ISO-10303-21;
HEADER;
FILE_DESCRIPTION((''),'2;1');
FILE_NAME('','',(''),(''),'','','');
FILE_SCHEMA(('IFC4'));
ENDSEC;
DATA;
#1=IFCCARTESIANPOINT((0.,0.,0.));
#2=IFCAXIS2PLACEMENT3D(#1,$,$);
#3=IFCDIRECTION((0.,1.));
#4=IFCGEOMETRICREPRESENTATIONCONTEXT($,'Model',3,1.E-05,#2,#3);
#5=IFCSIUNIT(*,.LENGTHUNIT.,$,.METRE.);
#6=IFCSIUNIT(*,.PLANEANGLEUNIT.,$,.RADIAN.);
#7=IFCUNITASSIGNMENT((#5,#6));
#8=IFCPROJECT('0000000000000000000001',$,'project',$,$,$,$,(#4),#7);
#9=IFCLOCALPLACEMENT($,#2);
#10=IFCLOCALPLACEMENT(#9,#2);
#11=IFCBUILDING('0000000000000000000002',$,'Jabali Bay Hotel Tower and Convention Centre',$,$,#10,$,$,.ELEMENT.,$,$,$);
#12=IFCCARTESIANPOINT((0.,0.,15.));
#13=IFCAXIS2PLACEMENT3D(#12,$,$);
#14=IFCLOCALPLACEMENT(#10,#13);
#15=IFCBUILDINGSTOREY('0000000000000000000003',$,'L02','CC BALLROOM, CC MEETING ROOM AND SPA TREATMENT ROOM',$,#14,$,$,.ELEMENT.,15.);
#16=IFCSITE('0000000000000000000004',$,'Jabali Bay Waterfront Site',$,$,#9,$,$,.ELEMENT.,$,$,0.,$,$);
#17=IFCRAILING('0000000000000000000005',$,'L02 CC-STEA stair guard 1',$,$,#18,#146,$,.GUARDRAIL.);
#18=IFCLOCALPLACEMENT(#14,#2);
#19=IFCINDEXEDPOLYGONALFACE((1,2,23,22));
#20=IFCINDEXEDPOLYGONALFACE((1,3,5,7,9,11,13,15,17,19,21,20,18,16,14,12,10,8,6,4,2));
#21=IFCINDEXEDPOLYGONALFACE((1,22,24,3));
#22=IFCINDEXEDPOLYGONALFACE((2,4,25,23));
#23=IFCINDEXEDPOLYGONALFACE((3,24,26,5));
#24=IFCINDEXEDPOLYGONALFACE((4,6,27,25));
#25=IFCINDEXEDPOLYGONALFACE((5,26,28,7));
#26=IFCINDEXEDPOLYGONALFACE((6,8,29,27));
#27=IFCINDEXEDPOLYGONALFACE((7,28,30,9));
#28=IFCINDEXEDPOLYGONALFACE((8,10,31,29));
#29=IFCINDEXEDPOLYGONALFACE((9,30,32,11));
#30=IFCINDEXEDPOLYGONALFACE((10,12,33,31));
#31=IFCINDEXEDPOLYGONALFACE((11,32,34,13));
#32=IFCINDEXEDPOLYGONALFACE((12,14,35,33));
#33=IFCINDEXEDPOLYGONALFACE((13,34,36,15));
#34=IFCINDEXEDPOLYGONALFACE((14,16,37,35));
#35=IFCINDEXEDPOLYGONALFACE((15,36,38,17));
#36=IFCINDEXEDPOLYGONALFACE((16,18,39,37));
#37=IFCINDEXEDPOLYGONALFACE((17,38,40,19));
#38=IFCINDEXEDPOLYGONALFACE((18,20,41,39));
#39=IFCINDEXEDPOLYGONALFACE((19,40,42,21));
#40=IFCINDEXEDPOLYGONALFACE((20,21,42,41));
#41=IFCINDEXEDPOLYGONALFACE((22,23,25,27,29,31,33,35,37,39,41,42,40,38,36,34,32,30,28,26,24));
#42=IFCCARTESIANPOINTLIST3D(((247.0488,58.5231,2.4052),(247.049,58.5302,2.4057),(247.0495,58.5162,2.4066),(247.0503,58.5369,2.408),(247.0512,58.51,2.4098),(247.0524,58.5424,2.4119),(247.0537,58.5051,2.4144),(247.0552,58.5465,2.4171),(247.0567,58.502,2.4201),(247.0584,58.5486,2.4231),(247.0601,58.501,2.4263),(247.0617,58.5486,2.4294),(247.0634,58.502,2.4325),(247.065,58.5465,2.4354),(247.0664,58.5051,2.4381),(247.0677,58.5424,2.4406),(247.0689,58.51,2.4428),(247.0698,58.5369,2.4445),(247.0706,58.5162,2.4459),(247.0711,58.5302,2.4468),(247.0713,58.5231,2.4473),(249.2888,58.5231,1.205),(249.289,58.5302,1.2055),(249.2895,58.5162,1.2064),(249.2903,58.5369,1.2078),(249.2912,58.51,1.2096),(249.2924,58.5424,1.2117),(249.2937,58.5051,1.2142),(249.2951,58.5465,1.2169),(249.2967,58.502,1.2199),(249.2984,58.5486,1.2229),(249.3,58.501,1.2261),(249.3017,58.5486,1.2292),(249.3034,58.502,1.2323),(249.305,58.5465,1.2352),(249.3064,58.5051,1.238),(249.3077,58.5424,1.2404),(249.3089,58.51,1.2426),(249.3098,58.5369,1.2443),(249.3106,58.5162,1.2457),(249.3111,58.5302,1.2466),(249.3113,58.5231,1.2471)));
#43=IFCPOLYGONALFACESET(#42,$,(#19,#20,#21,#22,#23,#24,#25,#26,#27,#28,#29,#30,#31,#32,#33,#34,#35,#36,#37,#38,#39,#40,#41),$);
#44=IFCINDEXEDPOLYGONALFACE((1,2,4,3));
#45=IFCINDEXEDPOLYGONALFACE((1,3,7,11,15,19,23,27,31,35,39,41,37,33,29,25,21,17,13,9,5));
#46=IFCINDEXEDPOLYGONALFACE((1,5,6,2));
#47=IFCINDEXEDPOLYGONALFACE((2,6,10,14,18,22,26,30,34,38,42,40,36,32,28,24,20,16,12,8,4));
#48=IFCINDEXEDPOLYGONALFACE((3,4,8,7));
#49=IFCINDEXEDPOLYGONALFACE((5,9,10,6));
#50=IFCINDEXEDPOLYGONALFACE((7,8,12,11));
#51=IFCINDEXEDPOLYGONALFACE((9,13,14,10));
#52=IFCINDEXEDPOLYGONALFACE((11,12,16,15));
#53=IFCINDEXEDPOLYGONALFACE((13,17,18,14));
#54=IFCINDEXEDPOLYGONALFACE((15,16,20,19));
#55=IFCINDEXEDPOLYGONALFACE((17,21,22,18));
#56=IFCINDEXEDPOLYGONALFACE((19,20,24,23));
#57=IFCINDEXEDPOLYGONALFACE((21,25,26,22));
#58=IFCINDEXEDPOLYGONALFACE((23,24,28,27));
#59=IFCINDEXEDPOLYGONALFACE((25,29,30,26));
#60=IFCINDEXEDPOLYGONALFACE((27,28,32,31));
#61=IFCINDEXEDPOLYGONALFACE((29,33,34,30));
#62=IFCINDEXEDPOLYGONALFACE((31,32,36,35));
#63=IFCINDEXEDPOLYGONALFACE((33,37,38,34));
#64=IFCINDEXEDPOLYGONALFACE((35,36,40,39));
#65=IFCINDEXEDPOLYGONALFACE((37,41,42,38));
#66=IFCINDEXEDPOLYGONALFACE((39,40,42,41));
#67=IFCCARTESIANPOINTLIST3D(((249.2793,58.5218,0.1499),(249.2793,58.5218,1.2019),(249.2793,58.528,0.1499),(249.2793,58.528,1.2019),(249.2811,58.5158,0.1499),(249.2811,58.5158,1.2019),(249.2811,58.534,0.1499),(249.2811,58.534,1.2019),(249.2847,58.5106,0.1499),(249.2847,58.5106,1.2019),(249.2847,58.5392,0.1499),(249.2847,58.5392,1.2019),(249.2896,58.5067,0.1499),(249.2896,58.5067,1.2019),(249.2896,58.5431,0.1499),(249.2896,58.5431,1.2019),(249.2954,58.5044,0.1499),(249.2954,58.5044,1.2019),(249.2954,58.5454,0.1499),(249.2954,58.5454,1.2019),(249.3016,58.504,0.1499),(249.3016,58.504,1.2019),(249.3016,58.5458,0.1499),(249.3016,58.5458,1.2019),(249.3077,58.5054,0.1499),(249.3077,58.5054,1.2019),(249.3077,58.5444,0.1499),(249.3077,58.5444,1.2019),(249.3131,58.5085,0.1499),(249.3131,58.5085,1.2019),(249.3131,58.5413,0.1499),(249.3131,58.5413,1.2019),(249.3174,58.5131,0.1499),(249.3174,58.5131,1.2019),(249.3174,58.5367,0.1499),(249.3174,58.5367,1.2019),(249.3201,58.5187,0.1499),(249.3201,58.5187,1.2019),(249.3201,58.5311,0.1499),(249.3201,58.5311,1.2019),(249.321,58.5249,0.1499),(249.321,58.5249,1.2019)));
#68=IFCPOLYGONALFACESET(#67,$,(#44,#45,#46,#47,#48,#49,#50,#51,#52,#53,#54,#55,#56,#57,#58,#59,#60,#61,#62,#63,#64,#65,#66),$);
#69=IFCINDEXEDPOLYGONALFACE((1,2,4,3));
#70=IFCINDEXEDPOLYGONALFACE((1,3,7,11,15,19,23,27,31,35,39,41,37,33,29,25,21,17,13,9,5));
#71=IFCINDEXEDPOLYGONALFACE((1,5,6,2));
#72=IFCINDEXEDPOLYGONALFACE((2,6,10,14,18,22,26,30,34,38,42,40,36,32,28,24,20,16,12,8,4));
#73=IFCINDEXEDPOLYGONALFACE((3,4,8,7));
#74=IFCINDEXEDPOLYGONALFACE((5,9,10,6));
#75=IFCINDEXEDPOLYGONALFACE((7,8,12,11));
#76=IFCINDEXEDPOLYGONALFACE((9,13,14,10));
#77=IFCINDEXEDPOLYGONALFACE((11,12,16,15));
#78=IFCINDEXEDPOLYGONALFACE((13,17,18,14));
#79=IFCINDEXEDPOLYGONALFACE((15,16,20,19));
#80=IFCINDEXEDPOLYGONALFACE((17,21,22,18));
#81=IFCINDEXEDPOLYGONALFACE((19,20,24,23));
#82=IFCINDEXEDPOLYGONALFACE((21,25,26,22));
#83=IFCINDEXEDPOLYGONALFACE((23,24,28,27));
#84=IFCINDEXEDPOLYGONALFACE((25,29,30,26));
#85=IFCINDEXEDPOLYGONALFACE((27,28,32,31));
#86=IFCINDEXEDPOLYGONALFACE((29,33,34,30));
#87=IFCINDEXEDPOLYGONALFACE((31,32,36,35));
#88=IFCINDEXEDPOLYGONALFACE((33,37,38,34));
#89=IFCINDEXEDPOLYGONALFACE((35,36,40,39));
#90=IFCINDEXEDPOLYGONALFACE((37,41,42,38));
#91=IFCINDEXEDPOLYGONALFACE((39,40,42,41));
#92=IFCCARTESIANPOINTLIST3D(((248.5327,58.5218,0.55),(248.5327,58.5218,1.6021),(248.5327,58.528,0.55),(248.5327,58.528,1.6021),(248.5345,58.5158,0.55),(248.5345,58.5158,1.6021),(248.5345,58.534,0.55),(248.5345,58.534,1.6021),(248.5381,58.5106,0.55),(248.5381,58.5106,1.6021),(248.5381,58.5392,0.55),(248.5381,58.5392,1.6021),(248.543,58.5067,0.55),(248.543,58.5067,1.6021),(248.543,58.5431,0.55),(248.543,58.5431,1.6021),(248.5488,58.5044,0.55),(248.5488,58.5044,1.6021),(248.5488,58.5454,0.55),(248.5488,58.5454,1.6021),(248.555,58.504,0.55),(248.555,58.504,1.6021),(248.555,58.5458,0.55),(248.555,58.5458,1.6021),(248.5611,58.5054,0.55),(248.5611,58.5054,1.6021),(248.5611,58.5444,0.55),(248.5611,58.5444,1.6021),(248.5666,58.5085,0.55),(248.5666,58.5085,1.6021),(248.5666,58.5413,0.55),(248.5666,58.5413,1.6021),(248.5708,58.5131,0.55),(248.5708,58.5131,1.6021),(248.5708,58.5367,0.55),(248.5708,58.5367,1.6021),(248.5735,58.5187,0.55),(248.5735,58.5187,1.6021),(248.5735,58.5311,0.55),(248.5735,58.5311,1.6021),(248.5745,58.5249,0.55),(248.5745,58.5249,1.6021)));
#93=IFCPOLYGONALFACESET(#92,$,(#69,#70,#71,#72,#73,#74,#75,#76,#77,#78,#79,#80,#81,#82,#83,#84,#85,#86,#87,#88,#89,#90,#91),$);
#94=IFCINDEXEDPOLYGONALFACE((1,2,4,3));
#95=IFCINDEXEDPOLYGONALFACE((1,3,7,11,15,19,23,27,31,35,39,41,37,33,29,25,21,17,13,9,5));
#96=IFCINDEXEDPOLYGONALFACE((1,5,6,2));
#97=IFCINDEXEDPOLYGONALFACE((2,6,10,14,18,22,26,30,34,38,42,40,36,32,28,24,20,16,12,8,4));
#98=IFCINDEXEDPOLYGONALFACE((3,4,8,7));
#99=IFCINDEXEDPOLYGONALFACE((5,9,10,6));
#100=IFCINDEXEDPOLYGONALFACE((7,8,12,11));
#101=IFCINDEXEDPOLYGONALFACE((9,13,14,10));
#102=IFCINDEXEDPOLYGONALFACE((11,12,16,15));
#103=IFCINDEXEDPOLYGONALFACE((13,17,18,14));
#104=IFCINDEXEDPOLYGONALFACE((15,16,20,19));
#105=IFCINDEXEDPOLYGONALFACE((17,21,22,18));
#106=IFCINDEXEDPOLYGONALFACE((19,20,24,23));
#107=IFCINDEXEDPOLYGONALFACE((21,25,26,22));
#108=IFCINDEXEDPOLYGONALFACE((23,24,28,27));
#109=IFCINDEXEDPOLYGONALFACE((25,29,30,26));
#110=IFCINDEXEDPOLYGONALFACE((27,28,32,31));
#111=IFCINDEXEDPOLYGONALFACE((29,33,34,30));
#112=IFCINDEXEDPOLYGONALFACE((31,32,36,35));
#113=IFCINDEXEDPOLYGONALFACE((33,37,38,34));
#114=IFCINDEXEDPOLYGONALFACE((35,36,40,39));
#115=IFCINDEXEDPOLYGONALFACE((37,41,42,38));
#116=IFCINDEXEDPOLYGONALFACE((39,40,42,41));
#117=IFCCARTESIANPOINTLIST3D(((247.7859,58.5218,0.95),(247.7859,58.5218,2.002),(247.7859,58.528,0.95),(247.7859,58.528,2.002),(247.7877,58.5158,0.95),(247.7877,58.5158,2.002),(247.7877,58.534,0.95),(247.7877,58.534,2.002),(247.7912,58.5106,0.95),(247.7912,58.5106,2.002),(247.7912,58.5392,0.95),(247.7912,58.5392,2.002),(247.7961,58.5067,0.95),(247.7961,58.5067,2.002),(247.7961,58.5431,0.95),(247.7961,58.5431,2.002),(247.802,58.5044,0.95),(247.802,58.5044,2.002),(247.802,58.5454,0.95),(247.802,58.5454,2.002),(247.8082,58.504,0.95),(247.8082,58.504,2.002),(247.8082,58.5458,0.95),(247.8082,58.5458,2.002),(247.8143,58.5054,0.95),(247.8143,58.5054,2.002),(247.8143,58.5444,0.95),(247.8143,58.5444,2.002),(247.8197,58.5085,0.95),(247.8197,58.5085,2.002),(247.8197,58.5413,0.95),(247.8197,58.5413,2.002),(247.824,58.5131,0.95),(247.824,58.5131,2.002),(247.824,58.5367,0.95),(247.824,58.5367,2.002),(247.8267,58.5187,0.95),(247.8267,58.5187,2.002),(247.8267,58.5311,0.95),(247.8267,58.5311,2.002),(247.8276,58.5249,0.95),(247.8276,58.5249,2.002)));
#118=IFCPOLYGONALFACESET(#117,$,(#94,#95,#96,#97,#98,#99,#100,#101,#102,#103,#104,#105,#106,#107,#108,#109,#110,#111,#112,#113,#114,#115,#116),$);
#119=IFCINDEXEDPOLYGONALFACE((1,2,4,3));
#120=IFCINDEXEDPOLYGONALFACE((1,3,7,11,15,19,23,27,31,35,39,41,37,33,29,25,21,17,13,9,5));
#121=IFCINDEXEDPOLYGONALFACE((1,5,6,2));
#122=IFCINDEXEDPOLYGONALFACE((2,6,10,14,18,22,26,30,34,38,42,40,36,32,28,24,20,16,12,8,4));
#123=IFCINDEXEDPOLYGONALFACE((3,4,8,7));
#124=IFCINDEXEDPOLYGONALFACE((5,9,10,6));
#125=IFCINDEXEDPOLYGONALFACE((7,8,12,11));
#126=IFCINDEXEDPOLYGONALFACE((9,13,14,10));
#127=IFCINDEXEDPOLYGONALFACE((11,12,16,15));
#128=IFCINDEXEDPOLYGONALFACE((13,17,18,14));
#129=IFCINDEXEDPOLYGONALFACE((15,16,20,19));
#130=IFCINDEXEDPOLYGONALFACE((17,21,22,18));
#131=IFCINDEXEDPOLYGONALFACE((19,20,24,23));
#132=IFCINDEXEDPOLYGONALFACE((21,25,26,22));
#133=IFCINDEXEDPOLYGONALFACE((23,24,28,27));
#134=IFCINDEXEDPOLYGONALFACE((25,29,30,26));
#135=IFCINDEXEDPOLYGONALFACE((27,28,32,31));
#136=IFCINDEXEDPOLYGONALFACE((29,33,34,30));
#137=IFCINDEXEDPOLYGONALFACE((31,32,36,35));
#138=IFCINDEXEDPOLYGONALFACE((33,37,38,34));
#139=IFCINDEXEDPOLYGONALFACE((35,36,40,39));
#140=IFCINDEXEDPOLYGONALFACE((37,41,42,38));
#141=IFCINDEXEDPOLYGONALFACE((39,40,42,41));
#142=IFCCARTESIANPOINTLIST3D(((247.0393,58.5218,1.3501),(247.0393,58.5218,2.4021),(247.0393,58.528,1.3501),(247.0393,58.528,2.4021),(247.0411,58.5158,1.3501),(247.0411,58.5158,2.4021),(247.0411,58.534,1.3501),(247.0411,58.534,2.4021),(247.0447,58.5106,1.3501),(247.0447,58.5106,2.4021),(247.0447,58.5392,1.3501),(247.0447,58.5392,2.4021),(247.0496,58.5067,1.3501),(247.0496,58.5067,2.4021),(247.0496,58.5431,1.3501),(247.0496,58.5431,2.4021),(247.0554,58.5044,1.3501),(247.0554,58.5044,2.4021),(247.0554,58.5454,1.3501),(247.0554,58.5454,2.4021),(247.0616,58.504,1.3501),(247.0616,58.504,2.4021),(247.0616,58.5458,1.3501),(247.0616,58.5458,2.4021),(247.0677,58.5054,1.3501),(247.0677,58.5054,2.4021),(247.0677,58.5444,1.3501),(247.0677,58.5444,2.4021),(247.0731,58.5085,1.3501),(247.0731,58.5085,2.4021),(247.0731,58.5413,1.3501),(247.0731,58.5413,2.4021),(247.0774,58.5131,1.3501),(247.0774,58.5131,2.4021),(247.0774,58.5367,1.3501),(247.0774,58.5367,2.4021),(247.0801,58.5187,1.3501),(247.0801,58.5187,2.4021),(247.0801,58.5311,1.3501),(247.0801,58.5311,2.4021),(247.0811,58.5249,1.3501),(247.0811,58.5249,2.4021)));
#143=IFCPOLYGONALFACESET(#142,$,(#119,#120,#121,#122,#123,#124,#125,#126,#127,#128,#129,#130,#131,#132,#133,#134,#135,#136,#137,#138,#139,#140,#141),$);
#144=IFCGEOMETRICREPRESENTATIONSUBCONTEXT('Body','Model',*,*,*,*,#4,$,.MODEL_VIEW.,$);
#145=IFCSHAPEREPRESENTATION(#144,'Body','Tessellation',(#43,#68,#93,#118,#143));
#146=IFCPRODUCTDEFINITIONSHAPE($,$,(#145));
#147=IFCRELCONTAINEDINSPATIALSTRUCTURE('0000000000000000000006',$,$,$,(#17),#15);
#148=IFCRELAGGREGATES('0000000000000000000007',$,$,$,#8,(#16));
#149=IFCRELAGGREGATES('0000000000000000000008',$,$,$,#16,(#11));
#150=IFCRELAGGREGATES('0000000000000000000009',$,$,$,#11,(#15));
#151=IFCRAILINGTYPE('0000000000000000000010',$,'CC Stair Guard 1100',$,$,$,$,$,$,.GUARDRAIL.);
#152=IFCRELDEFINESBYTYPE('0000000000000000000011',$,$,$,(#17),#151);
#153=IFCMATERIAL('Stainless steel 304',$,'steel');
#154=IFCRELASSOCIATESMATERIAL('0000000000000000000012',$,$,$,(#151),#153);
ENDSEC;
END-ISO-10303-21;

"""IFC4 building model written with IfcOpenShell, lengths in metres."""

from ifc_helpers import new_model, si_unit, direction, frame, origin, origin_2d, place, context, subcontext, project, spatial, circle, extrude, material, type_object, element, save


model = new_model("IFC4")

# Units and contexts
model_context = context("Model", 3, precision=1e-05, world=origin(), true_north=direction((0.0, 1.0)))
body_context = subcontext(model_context, "Body", "Model", "MODEL_VIEW")
ifc_project = project(units=[si_unit("LENGTHUNIT", "METRE"), si_unit("PLANEANGLEUNIT", "RADIAN")], contexts=[model_context])

# Site, building, storey
site_placement = place(None, origin())
site = spatial("IfcSite", under=ifc_project, at=site_placement, Name="Jabali Bay Waterfront Site", CompositionType="ELEMENT", RefElevation=0.0)
building_placement = place(site_placement, origin())
building = spatial("IfcBuilding", under=site, at=building_placement, Name="Jabali Bay Hotel Tower and Convention Centre", CompositionType="ELEMENT")
storey_placement = place(building_placement, frame((0.0, 0.0, 15.0)))
storey = spatial("IfcBuildingStorey", under=building, at=storey_placement, Name="L02", Description="CC BALLROOM, CC MEETING ROOM AND SPA TREATMENT ROOM", CompositionType="ELEMENT", Elevation=15.0)

# Railing
ifc_material_1 = material(Name="Stainless steel 304", Category="steel")
railing_type_1 = type_object("IfcRailingType", Name="CC Stair Guard 1100", PredefinedType="GUARDRAIL", material=ifc_material_1)
railing_1_placement = place(storey_placement, frame((249.3, 58.5249, 0.1499)))
element("IfcRailing", 1, at=railing_1_placement, inside=storey, type_object=railing_type_1, Name="L02 CC-STEA stair guard 1", PredefinedType="GUARDRAIL", context=body_context, shape_type="SweptSolid", body=[
    extrude(circle(Radius=0.0239, at=origin_2d()), frame((0.0, 0.0, 1.0762), z_axis=(-0.881447, 0.0, 0.472283), x_axis=(0.0, -1.0, 0.0)), (0.0, 0.0, 1.0), 2.5413),
    extrude(circle(Radius=0.021, at=origin_2d()), origin(), (0.0, 0.0, 1.0), 1.052),
    extrude(circle(Radius=0.021, at=origin_2d()), frame((-0.7466, 0.0, 0.4001)), (0.0, 0.0, 1.0), 1.052),
    extrude(circle(Radius=0.021, at=origin_2d()), frame((-1.4934, 0.0, 0.8)), (0.0, 0.0, 1.0), 1.052),
    extrude(circle(Radius=0.021, at=origin_2d()), frame((-2.24, 0.0, 1.2002)), (0.0, 0.0, 1.0), 1.052),
])

save(model, "model.ifc")
